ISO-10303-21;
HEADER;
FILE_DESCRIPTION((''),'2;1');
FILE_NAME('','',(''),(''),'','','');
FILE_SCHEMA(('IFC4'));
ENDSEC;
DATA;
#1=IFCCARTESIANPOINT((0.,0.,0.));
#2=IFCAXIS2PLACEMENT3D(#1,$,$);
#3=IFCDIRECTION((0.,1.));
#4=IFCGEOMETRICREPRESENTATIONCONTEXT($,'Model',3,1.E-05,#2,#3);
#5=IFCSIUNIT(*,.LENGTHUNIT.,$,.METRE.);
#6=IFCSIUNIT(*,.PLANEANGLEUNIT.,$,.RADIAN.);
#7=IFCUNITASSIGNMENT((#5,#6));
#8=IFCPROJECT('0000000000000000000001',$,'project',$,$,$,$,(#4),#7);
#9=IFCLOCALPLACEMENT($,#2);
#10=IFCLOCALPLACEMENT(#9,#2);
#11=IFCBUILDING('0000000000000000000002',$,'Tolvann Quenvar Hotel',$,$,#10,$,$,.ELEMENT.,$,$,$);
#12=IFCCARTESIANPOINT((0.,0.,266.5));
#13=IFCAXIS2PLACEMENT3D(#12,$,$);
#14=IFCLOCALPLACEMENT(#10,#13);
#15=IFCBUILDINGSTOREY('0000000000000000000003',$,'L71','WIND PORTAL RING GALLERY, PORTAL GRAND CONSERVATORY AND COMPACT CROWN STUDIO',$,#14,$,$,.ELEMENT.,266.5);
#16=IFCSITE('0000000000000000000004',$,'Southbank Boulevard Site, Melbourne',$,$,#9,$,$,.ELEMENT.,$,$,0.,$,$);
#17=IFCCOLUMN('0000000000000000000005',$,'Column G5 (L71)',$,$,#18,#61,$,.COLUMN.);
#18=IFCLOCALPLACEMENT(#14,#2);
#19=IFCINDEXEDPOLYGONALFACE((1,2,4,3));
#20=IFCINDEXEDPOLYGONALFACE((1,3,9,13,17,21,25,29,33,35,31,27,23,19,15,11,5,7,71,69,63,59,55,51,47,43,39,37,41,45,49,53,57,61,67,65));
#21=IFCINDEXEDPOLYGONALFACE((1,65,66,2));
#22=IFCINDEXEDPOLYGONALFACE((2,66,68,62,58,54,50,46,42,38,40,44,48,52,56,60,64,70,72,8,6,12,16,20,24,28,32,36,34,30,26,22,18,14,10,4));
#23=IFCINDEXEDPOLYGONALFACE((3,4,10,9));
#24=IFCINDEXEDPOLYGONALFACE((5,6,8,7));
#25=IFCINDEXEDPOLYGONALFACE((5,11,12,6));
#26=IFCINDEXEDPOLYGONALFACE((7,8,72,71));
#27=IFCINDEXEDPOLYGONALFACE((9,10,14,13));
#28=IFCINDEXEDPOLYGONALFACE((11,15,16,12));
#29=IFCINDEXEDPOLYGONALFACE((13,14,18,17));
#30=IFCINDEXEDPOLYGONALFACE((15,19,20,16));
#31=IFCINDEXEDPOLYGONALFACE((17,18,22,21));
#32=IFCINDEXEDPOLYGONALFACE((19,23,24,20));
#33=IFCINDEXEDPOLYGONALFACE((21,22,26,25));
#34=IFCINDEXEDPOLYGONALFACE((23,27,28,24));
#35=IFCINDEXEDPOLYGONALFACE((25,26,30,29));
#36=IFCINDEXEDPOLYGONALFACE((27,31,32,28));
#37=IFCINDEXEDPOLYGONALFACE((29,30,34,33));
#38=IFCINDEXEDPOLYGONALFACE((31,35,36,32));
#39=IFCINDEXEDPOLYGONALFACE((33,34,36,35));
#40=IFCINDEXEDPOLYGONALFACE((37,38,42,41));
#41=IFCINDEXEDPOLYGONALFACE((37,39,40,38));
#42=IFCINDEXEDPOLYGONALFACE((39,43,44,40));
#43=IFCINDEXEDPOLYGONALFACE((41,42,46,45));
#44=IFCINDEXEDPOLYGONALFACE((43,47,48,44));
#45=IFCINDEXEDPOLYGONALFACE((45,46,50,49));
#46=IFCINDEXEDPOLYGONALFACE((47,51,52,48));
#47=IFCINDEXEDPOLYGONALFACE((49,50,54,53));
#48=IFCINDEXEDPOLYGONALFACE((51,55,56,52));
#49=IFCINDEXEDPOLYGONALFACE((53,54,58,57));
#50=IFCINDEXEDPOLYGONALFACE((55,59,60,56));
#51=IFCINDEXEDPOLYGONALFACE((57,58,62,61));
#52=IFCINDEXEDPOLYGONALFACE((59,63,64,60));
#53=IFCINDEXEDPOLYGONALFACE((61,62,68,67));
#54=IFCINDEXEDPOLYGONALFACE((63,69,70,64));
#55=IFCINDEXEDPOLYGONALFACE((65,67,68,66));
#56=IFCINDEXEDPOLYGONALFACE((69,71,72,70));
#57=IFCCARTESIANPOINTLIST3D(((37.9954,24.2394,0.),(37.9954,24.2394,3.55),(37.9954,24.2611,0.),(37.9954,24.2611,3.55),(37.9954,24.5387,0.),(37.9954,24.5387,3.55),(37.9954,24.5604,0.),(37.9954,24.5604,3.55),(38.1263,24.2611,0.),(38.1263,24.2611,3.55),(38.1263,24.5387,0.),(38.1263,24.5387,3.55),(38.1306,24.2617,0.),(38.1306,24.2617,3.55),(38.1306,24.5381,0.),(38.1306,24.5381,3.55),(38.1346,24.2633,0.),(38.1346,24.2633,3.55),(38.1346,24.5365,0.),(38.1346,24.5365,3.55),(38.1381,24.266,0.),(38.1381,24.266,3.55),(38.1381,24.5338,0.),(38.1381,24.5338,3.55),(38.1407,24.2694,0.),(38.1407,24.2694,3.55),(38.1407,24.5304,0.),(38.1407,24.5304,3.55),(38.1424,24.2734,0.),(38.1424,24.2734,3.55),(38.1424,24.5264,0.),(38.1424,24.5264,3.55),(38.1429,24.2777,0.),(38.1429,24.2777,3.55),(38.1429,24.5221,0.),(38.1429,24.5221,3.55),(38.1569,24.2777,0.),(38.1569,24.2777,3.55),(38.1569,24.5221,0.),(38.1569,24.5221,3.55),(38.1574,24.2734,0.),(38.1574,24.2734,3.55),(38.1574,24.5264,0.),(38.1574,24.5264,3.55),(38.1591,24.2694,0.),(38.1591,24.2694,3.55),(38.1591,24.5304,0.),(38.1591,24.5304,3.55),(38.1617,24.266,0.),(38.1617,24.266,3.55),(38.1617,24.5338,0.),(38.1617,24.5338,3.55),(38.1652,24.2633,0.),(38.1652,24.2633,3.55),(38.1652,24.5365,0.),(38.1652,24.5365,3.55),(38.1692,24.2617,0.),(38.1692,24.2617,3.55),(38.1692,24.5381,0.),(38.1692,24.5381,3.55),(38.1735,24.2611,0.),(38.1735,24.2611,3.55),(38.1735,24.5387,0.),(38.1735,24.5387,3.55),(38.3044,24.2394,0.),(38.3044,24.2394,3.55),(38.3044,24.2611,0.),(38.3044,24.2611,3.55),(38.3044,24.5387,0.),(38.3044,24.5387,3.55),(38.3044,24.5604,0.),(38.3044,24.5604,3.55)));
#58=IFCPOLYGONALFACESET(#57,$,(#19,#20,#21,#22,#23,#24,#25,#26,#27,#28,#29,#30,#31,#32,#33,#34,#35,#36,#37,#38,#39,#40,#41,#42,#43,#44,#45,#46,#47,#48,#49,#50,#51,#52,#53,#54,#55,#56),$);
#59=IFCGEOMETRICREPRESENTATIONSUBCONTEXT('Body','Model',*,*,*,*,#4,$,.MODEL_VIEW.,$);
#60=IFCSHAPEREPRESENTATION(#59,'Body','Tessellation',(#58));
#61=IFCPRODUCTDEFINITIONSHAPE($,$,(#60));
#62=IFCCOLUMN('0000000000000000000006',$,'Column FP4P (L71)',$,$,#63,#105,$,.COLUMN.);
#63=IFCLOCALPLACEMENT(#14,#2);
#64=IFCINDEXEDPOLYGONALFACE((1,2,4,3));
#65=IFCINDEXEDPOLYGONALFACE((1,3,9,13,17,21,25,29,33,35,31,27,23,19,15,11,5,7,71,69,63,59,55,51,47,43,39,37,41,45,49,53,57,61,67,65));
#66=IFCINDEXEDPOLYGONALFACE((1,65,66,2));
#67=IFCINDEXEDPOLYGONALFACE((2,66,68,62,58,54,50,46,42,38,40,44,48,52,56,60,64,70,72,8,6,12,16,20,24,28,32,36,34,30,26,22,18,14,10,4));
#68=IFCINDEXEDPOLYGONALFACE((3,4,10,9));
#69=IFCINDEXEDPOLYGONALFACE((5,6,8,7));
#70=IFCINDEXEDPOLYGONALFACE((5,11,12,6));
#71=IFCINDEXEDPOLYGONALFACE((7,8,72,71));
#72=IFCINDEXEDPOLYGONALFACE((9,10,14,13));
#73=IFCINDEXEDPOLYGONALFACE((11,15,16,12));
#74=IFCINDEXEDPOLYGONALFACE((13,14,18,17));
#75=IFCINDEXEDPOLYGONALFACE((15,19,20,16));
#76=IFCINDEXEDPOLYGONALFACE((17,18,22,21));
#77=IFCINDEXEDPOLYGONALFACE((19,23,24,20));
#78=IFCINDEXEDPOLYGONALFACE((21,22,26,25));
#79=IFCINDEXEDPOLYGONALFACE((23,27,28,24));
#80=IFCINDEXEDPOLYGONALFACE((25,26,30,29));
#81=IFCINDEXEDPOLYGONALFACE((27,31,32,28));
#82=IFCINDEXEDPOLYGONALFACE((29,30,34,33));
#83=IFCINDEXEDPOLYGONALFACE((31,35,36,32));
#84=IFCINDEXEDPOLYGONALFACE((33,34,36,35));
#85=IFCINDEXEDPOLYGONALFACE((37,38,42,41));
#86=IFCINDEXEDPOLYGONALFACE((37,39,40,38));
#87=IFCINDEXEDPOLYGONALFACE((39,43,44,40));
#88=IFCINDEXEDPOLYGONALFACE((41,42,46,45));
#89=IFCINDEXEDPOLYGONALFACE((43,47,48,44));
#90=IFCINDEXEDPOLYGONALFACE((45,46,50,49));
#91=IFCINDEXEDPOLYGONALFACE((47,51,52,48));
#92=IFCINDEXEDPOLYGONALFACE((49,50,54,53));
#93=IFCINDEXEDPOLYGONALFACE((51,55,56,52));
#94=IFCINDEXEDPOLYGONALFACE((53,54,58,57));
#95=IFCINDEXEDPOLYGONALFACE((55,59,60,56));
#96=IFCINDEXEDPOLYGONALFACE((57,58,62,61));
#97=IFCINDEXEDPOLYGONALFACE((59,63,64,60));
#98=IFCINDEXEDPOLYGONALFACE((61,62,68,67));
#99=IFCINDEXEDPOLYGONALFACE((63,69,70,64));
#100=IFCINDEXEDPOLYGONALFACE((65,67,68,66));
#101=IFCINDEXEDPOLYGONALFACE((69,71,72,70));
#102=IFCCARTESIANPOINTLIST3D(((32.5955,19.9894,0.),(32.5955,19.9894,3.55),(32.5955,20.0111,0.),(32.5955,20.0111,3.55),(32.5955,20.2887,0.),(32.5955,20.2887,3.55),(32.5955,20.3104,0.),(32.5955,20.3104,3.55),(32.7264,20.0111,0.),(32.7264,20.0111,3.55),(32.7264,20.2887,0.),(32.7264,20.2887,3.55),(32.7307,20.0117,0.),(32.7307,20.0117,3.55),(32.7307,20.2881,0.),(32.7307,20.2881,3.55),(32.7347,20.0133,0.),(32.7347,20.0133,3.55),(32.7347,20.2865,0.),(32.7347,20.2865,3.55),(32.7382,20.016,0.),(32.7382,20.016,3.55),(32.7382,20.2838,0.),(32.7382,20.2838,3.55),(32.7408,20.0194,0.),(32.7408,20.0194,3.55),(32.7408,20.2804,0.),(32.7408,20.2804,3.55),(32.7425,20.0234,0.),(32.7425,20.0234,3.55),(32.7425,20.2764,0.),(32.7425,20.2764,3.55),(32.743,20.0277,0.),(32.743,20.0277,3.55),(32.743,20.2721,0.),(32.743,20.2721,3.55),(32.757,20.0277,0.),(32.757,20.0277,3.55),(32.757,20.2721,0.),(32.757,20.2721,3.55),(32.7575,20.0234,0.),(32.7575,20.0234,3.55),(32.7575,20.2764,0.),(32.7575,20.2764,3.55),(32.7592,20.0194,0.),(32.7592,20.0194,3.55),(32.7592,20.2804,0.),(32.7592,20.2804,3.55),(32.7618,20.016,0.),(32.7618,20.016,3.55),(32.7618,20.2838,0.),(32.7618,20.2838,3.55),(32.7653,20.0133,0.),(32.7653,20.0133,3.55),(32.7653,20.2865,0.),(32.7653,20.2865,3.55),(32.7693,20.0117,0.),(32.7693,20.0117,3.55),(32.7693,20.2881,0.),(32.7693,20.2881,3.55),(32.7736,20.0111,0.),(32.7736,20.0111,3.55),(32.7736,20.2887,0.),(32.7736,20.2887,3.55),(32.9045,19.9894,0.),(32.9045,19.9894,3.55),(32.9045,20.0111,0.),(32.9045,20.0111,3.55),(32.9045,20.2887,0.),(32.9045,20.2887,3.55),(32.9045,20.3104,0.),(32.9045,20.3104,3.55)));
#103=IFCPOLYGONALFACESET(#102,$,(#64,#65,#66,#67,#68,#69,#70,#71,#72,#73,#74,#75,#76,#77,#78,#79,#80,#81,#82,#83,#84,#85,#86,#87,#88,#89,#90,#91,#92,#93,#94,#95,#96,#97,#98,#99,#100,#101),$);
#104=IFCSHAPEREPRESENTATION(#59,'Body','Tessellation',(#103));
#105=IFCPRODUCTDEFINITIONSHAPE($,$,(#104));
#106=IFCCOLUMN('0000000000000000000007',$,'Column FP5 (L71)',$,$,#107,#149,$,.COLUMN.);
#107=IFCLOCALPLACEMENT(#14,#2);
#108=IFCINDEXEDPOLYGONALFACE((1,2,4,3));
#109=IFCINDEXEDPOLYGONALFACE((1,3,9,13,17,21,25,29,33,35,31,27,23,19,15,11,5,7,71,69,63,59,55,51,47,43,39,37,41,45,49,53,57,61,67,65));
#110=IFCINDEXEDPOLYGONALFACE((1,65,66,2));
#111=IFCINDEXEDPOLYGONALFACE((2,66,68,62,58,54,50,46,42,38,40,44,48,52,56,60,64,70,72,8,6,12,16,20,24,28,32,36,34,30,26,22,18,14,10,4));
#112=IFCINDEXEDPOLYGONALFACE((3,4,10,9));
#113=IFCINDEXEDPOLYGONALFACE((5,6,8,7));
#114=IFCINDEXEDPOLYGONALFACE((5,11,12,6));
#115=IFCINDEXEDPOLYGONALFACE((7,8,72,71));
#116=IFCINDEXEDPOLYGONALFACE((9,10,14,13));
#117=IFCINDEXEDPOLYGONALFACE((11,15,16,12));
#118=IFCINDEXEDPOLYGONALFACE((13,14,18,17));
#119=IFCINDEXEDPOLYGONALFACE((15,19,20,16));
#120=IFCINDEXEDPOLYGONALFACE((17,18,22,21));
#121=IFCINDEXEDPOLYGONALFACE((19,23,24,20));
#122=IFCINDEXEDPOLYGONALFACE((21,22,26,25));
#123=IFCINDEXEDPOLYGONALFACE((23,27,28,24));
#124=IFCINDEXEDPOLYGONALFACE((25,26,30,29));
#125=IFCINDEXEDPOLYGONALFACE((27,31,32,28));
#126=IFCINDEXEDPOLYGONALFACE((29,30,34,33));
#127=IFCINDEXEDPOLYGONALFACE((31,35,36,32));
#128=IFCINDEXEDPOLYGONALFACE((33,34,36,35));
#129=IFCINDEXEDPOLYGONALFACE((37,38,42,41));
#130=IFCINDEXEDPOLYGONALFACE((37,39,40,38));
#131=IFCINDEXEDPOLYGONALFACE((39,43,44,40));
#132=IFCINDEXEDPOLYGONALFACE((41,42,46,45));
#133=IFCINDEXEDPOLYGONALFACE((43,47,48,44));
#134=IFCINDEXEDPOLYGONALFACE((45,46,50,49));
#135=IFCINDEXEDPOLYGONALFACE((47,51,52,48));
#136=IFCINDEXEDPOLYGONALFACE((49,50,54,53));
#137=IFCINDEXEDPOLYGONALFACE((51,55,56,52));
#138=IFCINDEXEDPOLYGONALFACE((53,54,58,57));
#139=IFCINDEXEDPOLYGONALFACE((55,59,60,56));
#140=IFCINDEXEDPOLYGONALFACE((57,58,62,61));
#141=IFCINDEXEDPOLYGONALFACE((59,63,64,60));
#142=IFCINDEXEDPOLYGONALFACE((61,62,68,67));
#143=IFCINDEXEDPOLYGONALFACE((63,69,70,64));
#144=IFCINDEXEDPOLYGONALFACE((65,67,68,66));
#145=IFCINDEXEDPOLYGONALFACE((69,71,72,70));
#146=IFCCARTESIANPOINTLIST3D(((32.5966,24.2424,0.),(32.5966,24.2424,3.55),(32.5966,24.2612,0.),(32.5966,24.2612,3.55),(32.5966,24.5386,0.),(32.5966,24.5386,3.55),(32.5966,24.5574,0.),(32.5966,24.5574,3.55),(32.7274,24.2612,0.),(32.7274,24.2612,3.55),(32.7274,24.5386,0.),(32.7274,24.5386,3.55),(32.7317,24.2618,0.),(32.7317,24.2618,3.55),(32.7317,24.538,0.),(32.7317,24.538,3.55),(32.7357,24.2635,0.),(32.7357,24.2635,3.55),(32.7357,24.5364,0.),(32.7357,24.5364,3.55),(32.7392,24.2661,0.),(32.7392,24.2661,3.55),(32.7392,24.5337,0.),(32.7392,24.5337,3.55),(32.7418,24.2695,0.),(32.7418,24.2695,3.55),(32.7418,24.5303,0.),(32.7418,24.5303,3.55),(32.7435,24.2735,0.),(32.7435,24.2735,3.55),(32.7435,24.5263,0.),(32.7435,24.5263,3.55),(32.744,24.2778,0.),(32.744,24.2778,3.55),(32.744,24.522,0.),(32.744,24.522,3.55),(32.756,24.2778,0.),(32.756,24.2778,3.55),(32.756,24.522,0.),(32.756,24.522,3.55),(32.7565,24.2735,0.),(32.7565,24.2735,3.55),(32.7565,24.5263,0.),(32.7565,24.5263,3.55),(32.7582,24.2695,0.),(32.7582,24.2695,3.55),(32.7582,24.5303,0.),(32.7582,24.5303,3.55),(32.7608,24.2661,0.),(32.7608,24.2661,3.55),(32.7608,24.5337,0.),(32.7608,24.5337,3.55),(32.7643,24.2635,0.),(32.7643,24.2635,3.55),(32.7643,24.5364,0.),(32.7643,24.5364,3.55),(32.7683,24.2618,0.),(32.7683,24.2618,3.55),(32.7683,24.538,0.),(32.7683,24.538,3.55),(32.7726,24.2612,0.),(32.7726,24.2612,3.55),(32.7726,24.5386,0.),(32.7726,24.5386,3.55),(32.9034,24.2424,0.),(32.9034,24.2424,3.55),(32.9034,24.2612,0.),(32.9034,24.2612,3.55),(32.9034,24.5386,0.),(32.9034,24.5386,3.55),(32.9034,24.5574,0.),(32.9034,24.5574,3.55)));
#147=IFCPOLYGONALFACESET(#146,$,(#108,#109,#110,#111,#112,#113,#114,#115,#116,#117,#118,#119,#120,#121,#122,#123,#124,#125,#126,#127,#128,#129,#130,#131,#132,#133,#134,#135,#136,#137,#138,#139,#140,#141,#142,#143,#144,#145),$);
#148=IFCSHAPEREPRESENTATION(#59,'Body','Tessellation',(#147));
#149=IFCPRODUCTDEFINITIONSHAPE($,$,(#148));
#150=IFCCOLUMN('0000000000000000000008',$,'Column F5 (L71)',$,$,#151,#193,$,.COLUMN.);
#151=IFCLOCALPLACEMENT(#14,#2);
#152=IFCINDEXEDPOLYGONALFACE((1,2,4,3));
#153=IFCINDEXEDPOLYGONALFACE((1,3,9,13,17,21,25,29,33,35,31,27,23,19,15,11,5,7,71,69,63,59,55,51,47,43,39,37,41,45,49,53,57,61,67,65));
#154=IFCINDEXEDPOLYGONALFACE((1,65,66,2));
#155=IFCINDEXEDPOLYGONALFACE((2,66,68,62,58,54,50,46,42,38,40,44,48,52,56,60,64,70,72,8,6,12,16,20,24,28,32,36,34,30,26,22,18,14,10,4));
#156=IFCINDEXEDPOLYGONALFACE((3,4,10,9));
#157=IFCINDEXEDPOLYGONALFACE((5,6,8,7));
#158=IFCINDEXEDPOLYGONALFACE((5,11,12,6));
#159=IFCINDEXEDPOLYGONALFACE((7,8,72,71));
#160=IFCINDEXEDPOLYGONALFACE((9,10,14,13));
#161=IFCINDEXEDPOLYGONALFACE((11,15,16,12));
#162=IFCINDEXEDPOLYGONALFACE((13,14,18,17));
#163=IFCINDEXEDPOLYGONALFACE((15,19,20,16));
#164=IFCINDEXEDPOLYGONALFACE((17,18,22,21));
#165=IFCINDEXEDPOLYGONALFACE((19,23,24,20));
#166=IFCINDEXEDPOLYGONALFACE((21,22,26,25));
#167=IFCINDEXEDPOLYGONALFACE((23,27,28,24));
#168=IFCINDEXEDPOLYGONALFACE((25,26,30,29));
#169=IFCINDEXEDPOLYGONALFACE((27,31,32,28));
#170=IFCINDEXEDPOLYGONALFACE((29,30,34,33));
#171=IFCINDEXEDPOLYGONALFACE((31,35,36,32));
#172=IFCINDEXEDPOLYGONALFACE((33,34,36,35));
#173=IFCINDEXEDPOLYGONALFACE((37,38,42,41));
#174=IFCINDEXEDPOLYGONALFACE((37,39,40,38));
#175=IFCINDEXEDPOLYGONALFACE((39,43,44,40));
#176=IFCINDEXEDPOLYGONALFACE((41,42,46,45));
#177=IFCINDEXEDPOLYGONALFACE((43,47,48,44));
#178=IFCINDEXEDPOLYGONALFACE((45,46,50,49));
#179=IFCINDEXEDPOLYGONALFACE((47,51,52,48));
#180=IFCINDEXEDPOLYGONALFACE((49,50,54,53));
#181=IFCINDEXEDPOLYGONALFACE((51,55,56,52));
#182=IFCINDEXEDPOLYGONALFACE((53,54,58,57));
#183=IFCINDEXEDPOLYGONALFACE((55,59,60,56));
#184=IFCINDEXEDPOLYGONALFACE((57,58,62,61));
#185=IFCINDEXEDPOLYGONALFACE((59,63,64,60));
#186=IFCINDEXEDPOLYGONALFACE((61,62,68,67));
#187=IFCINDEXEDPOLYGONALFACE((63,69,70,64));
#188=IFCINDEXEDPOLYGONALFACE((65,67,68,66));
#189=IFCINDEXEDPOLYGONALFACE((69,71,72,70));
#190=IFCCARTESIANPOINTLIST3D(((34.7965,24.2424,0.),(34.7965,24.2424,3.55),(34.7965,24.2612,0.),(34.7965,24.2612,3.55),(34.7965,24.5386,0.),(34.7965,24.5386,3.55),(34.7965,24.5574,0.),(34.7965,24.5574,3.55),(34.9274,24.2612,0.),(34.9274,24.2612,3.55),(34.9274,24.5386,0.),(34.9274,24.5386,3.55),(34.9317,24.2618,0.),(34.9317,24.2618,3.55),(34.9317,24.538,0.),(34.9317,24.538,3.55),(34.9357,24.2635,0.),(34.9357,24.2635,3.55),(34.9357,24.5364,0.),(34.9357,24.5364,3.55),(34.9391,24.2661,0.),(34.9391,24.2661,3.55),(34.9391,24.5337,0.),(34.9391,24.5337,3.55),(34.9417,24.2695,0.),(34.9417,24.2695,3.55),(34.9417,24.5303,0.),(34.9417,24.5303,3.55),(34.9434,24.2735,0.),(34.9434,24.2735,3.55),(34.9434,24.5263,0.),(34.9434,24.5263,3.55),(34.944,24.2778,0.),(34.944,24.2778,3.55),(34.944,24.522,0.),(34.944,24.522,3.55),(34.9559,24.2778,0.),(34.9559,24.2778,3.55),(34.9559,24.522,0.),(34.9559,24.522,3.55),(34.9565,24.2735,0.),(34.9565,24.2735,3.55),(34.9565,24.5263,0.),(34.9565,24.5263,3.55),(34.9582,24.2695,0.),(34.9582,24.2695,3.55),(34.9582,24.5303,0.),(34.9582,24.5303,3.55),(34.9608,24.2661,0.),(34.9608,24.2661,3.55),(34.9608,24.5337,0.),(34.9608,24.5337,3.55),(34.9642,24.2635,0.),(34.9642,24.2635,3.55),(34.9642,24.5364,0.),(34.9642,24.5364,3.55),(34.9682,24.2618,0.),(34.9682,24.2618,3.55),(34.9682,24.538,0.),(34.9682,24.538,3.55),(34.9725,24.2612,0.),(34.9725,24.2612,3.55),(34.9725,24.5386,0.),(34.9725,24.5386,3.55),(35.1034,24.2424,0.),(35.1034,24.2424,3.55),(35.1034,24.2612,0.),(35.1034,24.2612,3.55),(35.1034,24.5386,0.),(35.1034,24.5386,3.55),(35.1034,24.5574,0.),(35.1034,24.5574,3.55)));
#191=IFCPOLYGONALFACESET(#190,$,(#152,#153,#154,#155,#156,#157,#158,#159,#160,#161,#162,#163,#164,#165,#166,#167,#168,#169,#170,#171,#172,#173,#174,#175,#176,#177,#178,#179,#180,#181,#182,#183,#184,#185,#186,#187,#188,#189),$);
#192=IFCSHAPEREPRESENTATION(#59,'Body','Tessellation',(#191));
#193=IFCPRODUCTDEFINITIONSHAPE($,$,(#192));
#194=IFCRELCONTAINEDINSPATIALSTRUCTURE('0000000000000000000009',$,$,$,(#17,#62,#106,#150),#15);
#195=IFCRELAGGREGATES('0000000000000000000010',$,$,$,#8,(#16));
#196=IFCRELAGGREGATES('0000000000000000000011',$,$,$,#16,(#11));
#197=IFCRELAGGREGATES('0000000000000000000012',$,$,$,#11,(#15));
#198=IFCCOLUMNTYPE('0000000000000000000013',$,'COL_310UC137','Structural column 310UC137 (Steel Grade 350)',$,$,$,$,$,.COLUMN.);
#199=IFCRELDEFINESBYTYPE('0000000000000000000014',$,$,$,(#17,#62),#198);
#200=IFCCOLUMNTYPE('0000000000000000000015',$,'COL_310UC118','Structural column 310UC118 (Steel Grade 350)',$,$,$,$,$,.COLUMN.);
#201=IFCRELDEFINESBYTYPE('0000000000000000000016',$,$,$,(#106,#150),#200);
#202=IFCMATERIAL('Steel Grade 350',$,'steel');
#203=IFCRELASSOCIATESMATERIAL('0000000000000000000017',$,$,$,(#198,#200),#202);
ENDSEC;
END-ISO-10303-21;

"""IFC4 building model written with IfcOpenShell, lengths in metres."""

from ifc_helpers import new_model, si_unit, direction, frame, origin, origin_2d, place, context, subcontext, project, spatial, i_section, extrude, source, transform, mapped, material, material_profile, profile_set, type_object, type_shapes, element, save


model = new_model("IFC4")

# Units and contexts
model_context = context("Model", 3, precision=1e-05, world=origin(), true_north=direction((0.0, 1.0)))
body_context = subcontext(model_context, "Body", "Model", "MODEL_VIEW")
ifc_project = project(units=[si_unit("LENGTHUNIT", "METRE"), si_unit("PLANEANGLEUNIT", "RADIAN")], contexts=[model_context])

# Site, building, storey
site_placement = place(None, origin())
site = spatial("IfcSite", under=ifc_project, at=site_placement, Name="Southbank Boulevard Site, Melbourne", CompositionType="ELEMENT", RefElevation=0.0)
building_placement = place(site_placement, origin())
building = spatial("IfcBuilding", under=site, at=building_placement, Name="Tolvann Quenvar Hotel", CompositionType="ELEMENT")
storey_placement = place(building_placement, frame((0.0, 0.0, 266.5)))
storey = spatial("IfcBuildingStorey", under=building, at=storey_placement, Name="L71", Description="WIND PORTAL RING GALLERY, PORTAL GRAND CONSERVATORY AND COMPACT CROWN STUDIO", CompositionType="ELEMENT", Elevation=266.5)

# Columns
ifc_material_1 = material(Name="Steel Grade 350", Category="steel")
ifc_material_profile_1 = material_profile(ifc_material_1, i_section(OverallWidth=0.3091, OverallDepth=0.321, WebThickness=0.0139, FlangeThickness=0.0217, FilletRadius=0.0166, at=origin_2d()), Name="310UC137")
ifc_profile_set_1 = profile_set([ifc_material_profile_1], Name="Steel Grade 350")
column_type_1 = type_object("IfcColumnType", Name="COL_310UC137", Description="Structural column 310UC137 (Steel Grade 350)", PredefinedType="COLUMN", material=ifc_profile_set_1)
shared_shape_1 = source(origin(), body_context, "Body", "SweptSolid", [
    extrude(i_section(OverallWidth=0.3091, OverallDepth=0.321, WebThickness=0.0139, FlangeThickness=0.0217, FilletRadius=0.0166, at=origin_2d()), origin(), (0.0, 0.0, 1.0), 3.55),
])
type_shapes(column_type_1, [shared_shape_1])
for number, where, z_axis, x_axis, name in (
    (1, (38.1499, 24.3999, 0.0), (0.0, 0.0, 1.0), (1.0, 0.0, 0.0), "Column G5 (L71)"),
    (2, (32.75, 20.1499, 0.0), (0.0, 0.0, 1.0), (1.0, 0.0, 0.0), "Column FP4P (L71)"),
):
    element("IfcColumn", number, at=place(storey_placement, frame(where, z_axis=z_axis, x_axis=x_axis)), inside=storey, type_object=column_type_1, Name=name, PredefinedType="COLUMN", context=body_context, shape_type="MappedRepresentation", body=[
        mapped(shared_shape_1, transform((0.0, 0.0, 0.0), x_axis=(1.0, 0.0, 0.0), y_axis=(0.0, 1.0, 0.0), z_axis=(0.0, 0.0, 1.0), scale=1.0)),
    ])
ifc_material_profile_2 = material_profile(ifc_material_1, i_section(OverallWidth=0.3069, OverallDepth=0.3149, WebThickness=0.012, FlangeThickness=0.0188, FilletRadius=0.0166, at=origin_2d()), Name="310UC118")
ifc_profile_set_2 = profile_set([ifc_material_profile_2], Name="Steel Grade 350")
column_type_2 = type_object("IfcColumnType", Name="COL_310UC118", Description="Structural column 310UC118 (Steel Grade 350)", PredefinedType="COLUMN", material=ifc_profile_set_2)
shared_shape_2 = source(origin(), body_context, "Body", "SweptSolid", [
    extrude(i_section(OverallWidth=0.3069, OverallDepth=0.3149, WebThickness=0.012, FlangeThickness=0.0188, FilletRadius=0.0166, at=origin_2d()), origin(), (0.0, 0.0, 1.0), 3.55),
])
type_shapes(column_type_2, [shared_shape_2])
for number, where, z_axis, x_axis, name in (
    (3, (32.75, 24.3999, 0.0), (0.0, 0.0, 1.0), (1.0, 0.0, 0.0), "Column FP5 (L71)"),
    (4, (34.95, 24.3999, 0.0), (0.0, 0.0, 1.0), (1.0, 0.0, 0.0), "Column F5 (L71)"),
):
    element("IfcColumn", number, at=place(storey_placement, frame(where, z_axis=z_axis, x_axis=x_axis)), inside=storey, type_object=column_type_2, Name=name, PredefinedType="COLUMN", context=body_context, shape_type="MappedRepresentation", body=[
        mapped(shared_shape_2, transform((0.0, 0.0, 0.0), x_axis=(1.0, 0.0, 0.0), y_axis=(0.0, 1.0, 0.0), z_axis=(0.0, 0.0, 1.0), scale=1.0)),
    ])

save(model, "model.ifc")
